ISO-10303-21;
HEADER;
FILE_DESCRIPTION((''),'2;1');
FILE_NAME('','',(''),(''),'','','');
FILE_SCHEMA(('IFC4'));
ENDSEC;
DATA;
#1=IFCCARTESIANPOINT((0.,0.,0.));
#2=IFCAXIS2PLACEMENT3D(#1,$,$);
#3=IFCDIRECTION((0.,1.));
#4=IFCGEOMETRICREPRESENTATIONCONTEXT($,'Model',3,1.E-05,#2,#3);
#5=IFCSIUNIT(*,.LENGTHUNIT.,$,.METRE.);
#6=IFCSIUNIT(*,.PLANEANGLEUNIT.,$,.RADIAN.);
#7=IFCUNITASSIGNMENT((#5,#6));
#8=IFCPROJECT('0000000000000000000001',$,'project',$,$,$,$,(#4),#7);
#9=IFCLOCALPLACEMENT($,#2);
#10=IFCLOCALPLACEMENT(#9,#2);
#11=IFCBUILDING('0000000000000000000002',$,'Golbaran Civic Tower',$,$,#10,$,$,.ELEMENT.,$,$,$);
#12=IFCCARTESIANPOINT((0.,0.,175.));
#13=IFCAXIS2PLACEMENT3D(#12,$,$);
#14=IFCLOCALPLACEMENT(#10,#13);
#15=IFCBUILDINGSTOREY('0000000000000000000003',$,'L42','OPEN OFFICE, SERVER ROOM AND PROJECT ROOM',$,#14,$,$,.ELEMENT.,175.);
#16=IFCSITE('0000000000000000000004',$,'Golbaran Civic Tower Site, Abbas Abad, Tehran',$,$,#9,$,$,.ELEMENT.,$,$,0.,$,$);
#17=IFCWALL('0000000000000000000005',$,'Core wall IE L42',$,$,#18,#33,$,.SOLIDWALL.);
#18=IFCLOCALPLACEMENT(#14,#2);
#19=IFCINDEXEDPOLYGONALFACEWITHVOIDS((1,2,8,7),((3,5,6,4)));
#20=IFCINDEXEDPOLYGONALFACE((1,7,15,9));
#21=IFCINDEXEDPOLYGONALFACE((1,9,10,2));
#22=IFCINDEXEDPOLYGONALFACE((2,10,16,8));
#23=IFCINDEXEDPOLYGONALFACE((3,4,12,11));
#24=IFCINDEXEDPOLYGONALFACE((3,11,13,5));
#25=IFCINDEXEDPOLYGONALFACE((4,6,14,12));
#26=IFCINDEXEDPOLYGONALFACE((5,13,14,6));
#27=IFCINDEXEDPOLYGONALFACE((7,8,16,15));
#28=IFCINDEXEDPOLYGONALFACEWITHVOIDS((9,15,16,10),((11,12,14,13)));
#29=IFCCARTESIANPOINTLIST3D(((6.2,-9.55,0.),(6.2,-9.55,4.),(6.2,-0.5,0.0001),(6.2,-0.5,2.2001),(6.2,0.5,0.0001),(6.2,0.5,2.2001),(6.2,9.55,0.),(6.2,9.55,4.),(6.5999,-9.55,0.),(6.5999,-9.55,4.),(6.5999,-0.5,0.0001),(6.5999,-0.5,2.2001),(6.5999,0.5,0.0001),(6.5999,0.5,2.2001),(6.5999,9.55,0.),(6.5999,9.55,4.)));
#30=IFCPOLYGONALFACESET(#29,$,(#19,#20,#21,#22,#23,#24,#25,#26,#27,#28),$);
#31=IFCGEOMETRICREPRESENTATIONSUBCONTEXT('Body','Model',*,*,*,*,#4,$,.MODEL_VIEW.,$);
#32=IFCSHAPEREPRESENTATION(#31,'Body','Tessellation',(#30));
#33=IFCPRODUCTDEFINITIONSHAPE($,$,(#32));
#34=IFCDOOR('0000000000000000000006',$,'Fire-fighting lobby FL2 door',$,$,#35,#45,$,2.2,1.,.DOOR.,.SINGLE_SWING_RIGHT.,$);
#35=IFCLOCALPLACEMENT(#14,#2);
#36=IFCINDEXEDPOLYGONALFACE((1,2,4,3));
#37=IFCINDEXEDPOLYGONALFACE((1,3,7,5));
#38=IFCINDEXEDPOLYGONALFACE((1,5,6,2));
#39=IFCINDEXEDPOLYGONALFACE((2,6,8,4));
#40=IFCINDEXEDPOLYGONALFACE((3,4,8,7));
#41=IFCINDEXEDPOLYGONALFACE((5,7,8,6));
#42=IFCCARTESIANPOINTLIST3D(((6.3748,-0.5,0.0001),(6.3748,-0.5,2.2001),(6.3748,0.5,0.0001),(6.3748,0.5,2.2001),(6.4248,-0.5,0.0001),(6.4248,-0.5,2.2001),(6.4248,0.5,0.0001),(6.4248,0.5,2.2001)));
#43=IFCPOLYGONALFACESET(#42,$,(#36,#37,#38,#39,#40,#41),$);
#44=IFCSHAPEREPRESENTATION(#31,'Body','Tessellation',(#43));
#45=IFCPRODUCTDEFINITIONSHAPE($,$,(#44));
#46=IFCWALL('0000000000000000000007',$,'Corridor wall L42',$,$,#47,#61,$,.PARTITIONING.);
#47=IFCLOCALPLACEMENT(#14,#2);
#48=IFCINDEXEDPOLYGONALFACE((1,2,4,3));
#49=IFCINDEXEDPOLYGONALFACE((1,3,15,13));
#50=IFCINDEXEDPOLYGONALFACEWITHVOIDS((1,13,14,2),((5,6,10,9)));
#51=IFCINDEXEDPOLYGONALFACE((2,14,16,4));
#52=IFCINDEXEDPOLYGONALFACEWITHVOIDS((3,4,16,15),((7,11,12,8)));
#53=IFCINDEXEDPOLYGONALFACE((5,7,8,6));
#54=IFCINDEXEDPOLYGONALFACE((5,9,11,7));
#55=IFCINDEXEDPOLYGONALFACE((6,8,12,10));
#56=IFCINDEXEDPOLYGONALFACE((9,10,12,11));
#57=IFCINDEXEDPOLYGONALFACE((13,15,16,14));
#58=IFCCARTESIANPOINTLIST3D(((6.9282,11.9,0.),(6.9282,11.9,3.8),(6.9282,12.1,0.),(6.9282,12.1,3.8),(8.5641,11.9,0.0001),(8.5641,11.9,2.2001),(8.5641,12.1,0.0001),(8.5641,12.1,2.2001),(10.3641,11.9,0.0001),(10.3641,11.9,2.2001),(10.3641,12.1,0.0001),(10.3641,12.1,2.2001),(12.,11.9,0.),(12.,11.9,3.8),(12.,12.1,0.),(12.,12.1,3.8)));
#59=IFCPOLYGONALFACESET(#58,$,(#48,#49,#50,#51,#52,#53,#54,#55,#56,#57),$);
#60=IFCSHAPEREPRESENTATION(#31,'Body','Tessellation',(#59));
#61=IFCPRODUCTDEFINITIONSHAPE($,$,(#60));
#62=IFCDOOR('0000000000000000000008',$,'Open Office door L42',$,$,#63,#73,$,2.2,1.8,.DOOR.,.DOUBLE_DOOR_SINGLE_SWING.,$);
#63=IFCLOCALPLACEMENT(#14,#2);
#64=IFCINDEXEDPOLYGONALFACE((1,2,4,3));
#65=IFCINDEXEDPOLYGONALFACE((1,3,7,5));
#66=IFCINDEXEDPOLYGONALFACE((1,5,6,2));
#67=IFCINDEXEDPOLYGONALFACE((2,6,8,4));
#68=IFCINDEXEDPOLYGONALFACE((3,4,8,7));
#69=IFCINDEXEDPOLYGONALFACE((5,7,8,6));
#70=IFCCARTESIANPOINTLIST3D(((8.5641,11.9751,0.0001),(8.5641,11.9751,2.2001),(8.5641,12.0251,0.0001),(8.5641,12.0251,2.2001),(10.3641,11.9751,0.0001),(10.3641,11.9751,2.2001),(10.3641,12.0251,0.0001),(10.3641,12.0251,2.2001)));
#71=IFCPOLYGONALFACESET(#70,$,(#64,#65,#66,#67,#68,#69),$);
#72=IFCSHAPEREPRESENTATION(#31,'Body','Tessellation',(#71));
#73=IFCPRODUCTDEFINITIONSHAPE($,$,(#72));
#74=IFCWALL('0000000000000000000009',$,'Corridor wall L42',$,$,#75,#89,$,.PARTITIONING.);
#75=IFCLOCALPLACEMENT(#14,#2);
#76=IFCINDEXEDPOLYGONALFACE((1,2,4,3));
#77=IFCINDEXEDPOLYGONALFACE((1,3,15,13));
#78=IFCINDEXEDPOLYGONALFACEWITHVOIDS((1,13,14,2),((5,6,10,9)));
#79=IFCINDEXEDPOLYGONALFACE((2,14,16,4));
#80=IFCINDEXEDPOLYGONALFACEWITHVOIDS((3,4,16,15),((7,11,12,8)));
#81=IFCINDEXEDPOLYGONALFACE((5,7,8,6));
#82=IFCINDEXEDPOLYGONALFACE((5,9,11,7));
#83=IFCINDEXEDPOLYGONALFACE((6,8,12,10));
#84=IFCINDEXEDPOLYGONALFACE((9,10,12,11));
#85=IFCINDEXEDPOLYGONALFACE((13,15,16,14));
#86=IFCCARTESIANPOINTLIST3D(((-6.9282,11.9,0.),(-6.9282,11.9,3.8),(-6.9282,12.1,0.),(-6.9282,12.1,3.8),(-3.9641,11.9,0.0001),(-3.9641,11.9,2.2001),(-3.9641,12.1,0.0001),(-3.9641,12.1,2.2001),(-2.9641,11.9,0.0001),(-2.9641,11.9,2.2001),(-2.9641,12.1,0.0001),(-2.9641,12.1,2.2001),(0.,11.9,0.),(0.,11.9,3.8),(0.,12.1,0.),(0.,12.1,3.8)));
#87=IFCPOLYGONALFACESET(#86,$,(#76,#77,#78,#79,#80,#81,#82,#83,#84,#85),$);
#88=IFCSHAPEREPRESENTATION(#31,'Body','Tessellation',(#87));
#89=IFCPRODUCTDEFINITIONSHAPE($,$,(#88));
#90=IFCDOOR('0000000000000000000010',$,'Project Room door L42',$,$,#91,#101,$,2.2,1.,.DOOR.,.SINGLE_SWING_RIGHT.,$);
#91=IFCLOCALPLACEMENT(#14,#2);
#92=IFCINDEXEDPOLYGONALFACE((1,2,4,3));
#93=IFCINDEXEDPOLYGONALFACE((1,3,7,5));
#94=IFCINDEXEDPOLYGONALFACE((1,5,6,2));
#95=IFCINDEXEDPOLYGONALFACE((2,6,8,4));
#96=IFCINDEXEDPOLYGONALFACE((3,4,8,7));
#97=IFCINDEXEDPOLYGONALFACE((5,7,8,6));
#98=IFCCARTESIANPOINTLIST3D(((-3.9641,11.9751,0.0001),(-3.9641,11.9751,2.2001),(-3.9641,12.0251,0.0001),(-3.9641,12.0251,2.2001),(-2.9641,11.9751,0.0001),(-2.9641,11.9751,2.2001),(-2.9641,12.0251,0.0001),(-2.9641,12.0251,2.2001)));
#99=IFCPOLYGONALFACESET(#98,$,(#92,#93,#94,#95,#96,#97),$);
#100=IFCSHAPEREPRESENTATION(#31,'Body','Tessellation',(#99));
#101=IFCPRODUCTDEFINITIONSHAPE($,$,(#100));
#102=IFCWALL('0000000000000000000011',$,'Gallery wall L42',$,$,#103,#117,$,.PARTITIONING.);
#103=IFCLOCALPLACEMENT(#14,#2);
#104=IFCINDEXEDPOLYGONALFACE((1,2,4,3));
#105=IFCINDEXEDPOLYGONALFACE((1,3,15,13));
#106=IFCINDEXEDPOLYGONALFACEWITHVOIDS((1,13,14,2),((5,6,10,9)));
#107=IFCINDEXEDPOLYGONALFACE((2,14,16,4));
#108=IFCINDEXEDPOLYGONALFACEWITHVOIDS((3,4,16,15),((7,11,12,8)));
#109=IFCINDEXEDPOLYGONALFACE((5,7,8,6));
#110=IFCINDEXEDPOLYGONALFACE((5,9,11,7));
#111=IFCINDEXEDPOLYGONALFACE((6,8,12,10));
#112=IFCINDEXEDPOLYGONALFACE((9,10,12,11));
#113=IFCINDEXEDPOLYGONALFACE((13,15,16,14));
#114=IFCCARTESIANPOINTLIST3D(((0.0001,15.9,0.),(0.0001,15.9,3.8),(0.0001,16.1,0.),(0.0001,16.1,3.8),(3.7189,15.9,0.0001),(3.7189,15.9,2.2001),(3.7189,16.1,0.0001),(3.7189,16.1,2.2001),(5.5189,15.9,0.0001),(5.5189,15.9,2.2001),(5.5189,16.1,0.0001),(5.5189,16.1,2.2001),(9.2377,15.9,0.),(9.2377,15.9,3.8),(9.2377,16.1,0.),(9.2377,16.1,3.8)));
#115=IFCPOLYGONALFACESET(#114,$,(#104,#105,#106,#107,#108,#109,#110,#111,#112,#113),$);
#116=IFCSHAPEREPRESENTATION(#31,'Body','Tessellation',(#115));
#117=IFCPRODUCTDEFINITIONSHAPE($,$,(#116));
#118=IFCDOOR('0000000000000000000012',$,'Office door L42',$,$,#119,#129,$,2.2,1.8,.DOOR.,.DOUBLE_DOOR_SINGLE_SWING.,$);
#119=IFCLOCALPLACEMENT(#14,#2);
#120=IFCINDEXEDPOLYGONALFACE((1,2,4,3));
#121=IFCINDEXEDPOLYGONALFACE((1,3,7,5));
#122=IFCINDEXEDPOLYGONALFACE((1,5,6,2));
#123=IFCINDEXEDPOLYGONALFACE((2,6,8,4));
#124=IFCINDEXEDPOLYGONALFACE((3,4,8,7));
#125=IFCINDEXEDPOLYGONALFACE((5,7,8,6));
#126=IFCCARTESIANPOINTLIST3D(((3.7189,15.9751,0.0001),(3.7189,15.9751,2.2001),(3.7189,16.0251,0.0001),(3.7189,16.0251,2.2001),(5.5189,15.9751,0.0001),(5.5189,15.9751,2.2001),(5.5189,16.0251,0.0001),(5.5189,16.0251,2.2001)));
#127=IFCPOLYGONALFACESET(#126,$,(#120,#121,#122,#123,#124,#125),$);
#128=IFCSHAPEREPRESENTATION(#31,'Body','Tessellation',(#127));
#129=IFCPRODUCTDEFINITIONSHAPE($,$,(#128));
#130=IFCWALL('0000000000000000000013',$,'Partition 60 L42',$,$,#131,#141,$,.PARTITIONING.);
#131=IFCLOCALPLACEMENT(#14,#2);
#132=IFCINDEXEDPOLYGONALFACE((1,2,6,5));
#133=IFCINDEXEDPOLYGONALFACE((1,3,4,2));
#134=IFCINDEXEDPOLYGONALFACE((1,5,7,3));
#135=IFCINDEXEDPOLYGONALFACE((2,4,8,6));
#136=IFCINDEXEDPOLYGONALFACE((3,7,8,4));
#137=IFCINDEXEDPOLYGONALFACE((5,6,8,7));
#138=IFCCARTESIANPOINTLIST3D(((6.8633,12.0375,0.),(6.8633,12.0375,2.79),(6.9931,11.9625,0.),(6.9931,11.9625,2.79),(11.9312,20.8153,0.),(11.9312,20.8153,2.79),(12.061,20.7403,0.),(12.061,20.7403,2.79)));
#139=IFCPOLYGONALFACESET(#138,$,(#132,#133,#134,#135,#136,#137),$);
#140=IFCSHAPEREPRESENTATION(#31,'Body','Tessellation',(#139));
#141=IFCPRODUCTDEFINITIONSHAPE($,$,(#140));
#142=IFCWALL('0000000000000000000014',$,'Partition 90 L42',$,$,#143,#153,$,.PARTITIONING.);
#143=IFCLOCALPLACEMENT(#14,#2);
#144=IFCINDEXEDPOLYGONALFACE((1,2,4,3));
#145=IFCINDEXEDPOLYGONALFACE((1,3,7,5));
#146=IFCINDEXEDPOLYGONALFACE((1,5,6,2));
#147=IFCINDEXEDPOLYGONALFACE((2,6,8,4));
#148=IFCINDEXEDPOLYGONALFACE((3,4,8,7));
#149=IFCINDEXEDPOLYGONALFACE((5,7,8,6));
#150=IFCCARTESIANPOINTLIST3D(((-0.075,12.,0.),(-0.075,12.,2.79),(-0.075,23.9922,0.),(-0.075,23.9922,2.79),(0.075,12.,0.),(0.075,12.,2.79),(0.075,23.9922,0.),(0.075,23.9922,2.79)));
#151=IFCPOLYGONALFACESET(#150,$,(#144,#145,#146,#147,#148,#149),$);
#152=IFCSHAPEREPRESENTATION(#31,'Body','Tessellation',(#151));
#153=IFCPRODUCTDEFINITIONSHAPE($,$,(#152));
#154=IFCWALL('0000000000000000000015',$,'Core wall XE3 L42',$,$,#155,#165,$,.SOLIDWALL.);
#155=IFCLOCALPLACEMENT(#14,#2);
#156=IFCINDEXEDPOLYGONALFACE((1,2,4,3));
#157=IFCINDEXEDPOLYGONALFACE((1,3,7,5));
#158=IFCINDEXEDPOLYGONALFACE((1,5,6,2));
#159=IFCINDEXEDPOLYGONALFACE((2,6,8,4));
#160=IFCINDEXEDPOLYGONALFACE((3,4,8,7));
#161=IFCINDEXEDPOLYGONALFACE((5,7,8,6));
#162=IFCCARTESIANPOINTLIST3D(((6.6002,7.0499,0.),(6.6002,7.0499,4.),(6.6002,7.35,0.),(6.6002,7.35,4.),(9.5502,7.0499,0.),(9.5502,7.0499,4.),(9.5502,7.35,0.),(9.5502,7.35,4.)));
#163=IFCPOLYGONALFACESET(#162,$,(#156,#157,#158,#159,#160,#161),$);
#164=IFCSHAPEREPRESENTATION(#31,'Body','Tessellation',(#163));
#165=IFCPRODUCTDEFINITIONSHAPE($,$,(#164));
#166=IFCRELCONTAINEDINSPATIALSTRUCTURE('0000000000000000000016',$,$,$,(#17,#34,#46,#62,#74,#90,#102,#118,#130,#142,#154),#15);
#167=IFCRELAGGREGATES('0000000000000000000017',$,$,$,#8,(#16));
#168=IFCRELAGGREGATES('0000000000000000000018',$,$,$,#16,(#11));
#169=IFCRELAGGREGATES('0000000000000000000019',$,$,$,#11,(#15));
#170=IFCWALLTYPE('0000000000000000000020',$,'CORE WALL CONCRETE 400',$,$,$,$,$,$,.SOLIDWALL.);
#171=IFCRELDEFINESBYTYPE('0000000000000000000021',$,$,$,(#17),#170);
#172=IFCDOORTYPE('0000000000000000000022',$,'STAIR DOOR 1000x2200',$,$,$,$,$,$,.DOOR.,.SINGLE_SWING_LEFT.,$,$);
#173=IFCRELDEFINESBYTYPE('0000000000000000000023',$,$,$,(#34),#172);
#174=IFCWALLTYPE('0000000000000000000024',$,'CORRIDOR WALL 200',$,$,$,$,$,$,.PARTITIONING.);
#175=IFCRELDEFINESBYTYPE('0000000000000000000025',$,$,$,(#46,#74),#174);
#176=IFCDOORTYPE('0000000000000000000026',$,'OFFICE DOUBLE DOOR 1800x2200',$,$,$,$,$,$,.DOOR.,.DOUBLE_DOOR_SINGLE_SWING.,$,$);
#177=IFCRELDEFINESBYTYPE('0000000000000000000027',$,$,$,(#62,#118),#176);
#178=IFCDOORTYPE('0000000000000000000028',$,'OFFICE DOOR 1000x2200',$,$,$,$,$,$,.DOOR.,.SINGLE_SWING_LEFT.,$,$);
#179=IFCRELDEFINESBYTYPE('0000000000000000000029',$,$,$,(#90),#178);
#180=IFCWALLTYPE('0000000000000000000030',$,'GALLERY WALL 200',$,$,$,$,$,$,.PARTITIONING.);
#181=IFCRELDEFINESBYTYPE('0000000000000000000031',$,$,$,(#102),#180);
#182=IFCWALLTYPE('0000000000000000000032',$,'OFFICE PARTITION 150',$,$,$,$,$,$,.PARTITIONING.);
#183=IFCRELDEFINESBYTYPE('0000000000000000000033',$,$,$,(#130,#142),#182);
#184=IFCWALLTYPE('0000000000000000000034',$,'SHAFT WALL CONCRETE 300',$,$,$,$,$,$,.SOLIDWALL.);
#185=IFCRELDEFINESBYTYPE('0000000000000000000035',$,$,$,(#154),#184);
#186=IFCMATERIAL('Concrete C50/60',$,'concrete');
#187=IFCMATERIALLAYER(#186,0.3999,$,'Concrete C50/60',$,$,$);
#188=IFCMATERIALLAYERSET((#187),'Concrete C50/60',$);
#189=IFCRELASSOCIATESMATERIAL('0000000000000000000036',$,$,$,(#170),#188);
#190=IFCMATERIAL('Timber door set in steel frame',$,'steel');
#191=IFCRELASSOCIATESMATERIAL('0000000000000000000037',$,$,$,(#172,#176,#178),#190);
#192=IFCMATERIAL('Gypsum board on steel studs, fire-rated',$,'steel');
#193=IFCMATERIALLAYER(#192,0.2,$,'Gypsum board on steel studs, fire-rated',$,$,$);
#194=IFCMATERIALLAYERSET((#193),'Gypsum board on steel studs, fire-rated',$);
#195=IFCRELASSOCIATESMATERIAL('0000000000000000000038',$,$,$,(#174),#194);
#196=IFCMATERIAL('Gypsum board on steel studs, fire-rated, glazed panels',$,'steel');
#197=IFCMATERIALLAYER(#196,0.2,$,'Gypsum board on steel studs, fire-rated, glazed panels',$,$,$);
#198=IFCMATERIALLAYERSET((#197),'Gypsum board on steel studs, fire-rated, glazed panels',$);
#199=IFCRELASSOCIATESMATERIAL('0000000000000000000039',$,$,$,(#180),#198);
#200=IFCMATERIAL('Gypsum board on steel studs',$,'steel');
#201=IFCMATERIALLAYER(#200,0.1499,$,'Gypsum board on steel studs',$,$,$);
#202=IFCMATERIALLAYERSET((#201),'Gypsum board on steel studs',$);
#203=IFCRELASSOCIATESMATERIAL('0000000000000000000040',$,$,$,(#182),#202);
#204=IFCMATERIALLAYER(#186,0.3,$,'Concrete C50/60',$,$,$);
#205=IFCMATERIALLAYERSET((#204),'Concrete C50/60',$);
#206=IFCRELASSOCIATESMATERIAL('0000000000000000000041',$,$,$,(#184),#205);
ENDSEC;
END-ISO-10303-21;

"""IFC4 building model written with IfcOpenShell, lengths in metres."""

from ifc_helpers import new_model, si_unit, direction, frame, frame_2d, origin, place, context, subcontext, project, spatial, rectangle, extrude, material, layer, layer_set, type_object, element, fill, save


model = new_model("IFC4")

# Units and contexts
model_context = context("Model", 3, precision=1e-05, world=origin(), true_north=direction((0.0, 1.0)))
body_context = subcontext(model_context, "Body", "Model", "MODEL_VIEW")
ifc_project = project(units=[si_unit("LENGTHUNIT", "METRE"), si_unit("PLANEANGLEUNIT", "RADIAN")], contexts=[model_context])

# Site, building, storey
site_placement = place(None, origin())
site = spatial("IfcSite", under=ifc_project, at=site_placement, Name="Golbaran Civic Tower Site, Abbas Abad, Tehran", CompositionType="ELEMENT", RefElevation=0.0)
building_placement = place(site_placement, origin())
building = spatial("IfcBuilding", under=site, at=building_placement, Name="Golbaran Civic Tower", CompositionType="ELEMENT")
storey_placement = place(building_placement, frame((0.0, 0.0, 175.0)))
storey = spatial("IfcBuildingStorey", under=building, at=storey_placement, Name="L42", Description="OPEN OFFICE, SERVER ROOM AND PROJECT ROOM", CompositionType="ELEMENT", Elevation=175.0)

# Walls, openings, doors
ifc_material_1 = material(Name="Concrete C50/60", Category="concrete")
ifc_layer_1 = layer(ifc_material_1, 0.3999, Name="Concrete C50/60")
ifc_layer_set_1 = layer_set([ifc_layer_1], Name="Concrete C50/60")
wall_type_1 = type_object("IfcWallType", Name="CORE WALL CONCRETE 400", PredefinedType="SOLIDWALL", material=ifc_layer_set_1)
wall_1_placement = place(storey_placement, frame((6.3999, 9.55, 0.0), z_axis=(0.0, 0.0, 1.0), x_axis=(0.0, -1.0, 0.0)))
wall_1 = element("IfcWall", 1, at=wall_1_placement, inside=storey, type_object=wall_type_1, Name="Core wall IE L42", PredefinedType="SOLIDWALL", context=body_context, shape_type="SweptSolid", body=[
    extrude(rectangle(XDim=19.1001, YDim=0.3999, at=frame_2d((9.55, 0.0))), origin(), (0.0, 0.0, 1.0), 4.0),
])
opening_1_placement = place(wall_1_placement, frame((9.05, 0.0, 0.0)))
opening_1 = element("IfcOpeningElement", 2, at=opening_1_placement, cuts=wall_1, PredefinedType="OPENING", context=body_context, shape_type="SweptSolid", body=[
    extrude(rectangle(XDim=1.0, YDim=2.2, at=frame_2d((0.5, 1.1001))), frame((0.0, 0.21, 0.0), z_axis=(0.0, -1.0, 0.0), x_axis=(1.0, 0.0, 0.0)), (0.0, 0.0, 1.0), 0.4199),
])
ifc_material_2 = material(Name="Timber door set in steel frame", Category="steel")
door_type_1 = type_object("IfcDoorType", Name="STAIR DOOR 1000x2200", OperationType="SINGLE_SWING_LEFT", PredefinedType="DOOR", material=ifc_material_2)
door_1_placement = place(opening_1_placement, origin())
door_1 = element("IfcDoor", 3, at=door_1_placement, inside=storey, type_object=door_type_1, Name="Fire-fighting lobby FL2 door", OperationType="SINGLE_SWING_RIGHT", OverallHeight=2.2, OverallWidth=1.0, PredefinedType="DOOR", context=body_context, shape_type="SweptSolid", body=[
    extrude(rectangle(XDim=1.0, YDim=2.2, at=frame_2d((0.5, 1.1001))), frame((0.0, 0.0249, 0.0), z_axis=(0.0, -1.0, 0.0), x_axis=(1.0, 0.0, 0.0)), (0.0, 0.0, 1.0), 0.05),
])
fill(opening_1, door_1)
ifc_material_3 = material(Name="Gypsum board on steel studs, fire-rated", Category="steel")
ifc_layer_2 = layer(ifc_material_3, 0.2, Name="Gypsum board on steel studs, fire-rated")
ifc_layer_set_2 = layer_set([ifc_layer_2], Name="Gypsum board on steel studs, fire-rated")
wall_type_2 = type_object("IfcWallType", Name="CORRIDOR WALL 200", PredefinedType="PARTITIONING", material=ifc_layer_set_2)
wall_2_placement = place(storey_placement, frame((12.0, 12.0, 0.0), z_axis=(0.0, 0.0, 1.0), x_axis=(-1.0, 0.0, 0.0)))
wall_2 = element("IfcWall", 4, at=wall_2_placement, inside=storey, type_object=wall_type_2, Name="Corridor wall L42", PredefinedType="PARTITIONING", context=body_context, shape_type="SweptSolid", body=[
    extrude(rectangle(XDim=5.0718, YDim=0.2, at=frame_2d((2.5359, 0.0))), origin(), (0.0, 0.0, 1.0), 3.8),
])
opening_2_placement = place(wall_2_placement, frame((1.636, 0.0, 0.0)))
opening_2 = element("IfcOpeningElement", 5, at=opening_2_placement, cuts=wall_2, PredefinedType="OPENING", context=body_context, shape_type="SweptSolid", body=[
    extrude(rectangle(XDim=1.8, YDim=2.2, at=frame_2d((0.8999, 1.1001))), frame((0.0, 0.1099, 0.0), z_axis=(0.0, -1.0, 0.0), x_axis=(1.0, 0.0, 0.0)), (0.0, 0.0, 1.0), 0.22),
])
door_type_2 = type_object("IfcDoorType", Name="OFFICE DOUBLE DOOR 1800x2200", OperationType="DOUBLE_DOOR_SINGLE_SWING", PredefinedType="DOOR", material=ifc_material_2)
door_2_placement = place(opening_2_placement, origin())
door_2 = element("IfcDoor", 6, at=door_2_placement, inside=storey, type_object=door_type_2, Name="Open Office door L42", OperationType="DOUBLE_DOOR_SINGLE_SWING", OverallHeight=2.2, OverallWidth=1.8, PredefinedType="DOOR", context=body_context, shape_type="SweptSolid", body=[
    extrude(rectangle(XDim=1.8, YDim=2.2, at=frame_2d((0.8999, 1.1001))), frame((0.0, 0.0249, 0.0), z_axis=(0.0, -1.0, 0.0), x_axis=(1.0, 0.0, 0.0)), (0.0, 0.0, 1.0), 0.05),
])
fill(opening_2, door_2)
wall_3_placement = place(storey_placement, frame((0.0, 12.0, 0.0), z_axis=(0.0, 0.0, 1.0), x_axis=(-1.0, 0.0, 0.0)))
wall_3 = element("IfcWall", 7, at=wall_3_placement, inside=storey, type_object=wall_type_2, Name="Corridor wall L42", PredefinedType="PARTITIONING", context=body_context, shape_type="SweptSolid", body=[
    extrude(rectangle(XDim=6.9282, YDim=0.2, at=frame_2d((3.4641, 0.0))), origin(), (0.0, 0.0, 1.0), 3.8),
])
opening_3_placement = place(wall_3_placement, frame((2.9641, 0.0, 0.0)))
opening_3 = element("IfcOpeningElement", 8, at=opening_3_placement, cuts=wall_3, PredefinedType="OPENING", context=body_context, shape_type="SweptSolid", body=[
    extrude(rectangle(XDim=1.0, YDim=2.2, at=frame_2d((0.5, 1.1001))), frame((0.0, 0.1099, 0.0), z_axis=(0.0, -1.0, 0.0), x_axis=(1.0, 0.0, 0.0)), (0.0, 0.0, 1.0), 0.22),
])
door_type_3 = type_object("IfcDoorType", Name="OFFICE DOOR 1000x2200", OperationType="SINGLE_SWING_LEFT", PredefinedType="DOOR", material=ifc_material_2)
door_3_placement = place(opening_3_placement, origin())
door_3 = element("IfcDoor", 9, at=door_3_placement, inside=storey, type_object=door_type_3, Name="Project Room door L42", OperationType="SINGLE_SWING_RIGHT", OverallHeight=2.2, OverallWidth=1.0, PredefinedType="DOOR", context=body_context, shape_type="SweptSolid", body=[
    extrude(rectangle(XDim=1.0, YDim=2.2, at=frame_2d((0.5, 1.1001))), frame((0.0, 0.0249, 0.0), z_axis=(0.0, -1.0, 0.0), x_axis=(1.0, 0.0, 0.0)), (0.0, 0.0, 1.0), 0.05),
])
fill(opening_3, door_3)
ifc_material_4 = material(Name="Gypsum board on steel studs, fire-rated, glazed panels", Category="steel")
ifc_layer_3 = layer(ifc_material_4, 0.2, Name="Gypsum board on steel studs, fire-rated, glazed panels")
ifc_layer_set_3 = layer_set([ifc_layer_3], Name="Gypsum board on steel studs, fire-rated, glazed panels")
wall_type_3 = type_object("IfcWallType", Name="GALLERY WALL 200", PredefinedType="PARTITIONING", material=ifc_layer_set_3)
wall_4_placement = place(storey_placement, frame((9.2375, 16.0, 0.0), z_axis=(0.0, 0.0, 1.0), x_axis=(-1.0, 0.0, 0.0)))
wall_4 = element("IfcWall", 10, at=wall_4_placement, inside=storey, type_object=wall_type_3, Name="Gallery wall L42", PredefinedType="PARTITIONING", context=body_context, shape_type="SweptSolid", body=[
    extrude(rectangle(XDim=9.2375, YDim=0.2, at=frame_2d((4.6187, 0.0))), origin(), (0.0, 0.0, 1.0), 3.8),
])
opening_4_placement = place(wall_4_placement, frame((3.7188, 0.0, 0.0)))
opening_4 = element("IfcOpeningElement", 11, at=opening_4_placement, cuts=wall_4, PredefinedType="OPENING", context=body_context, shape_type="SweptSolid", body=[
    extrude(rectangle(XDim=1.8, YDim=2.2, at=frame_2d((0.8999, 1.1001))), frame((0.0, 0.1099, 0.0), z_axis=(0.0, -1.0, 0.0), x_axis=(1.0, 0.0, 0.0)), (0.0, 0.0, 1.0), 0.22),
])
door_4_placement = place(opening_4_placement, origin())
door_4 = element("IfcDoor", 12, at=door_4_placement, inside=storey, type_object=door_type_2, Name="Office door L42", OperationType="DOUBLE_DOOR_SINGLE_SWING", OverallHeight=2.2, OverallWidth=1.8, PredefinedType="DOOR", context=body_context, shape_type="SweptSolid", body=[
    extrude(rectangle(XDim=1.8, YDim=2.2, at=frame_2d((0.8999, 1.1001))), frame((0.0, 0.0249, 0.0), z_axis=(0.0, -1.0, 0.0), x_axis=(1.0, 0.0, 0.0)), (0.0, 0.0, 1.0), 0.05),
])
fill(opening_4, door_4)

# Walls
ifc_material_5 = material(Name="Gypsum board on steel studs", Category="steel")
ifc_layer_4 = layer(ifc_material_5, 0.1499, Name="Gypsum board on steel studs")
ifc_layer_set_4 = layer_set([ifc_layer_4], Name="Gypsum board on steel studs")
wall_type_4 = type_object("IfcWallType", Name="OFFICE PARTITION 150", PredefinedType="PARTITIONING", material=ifc_layer_set_4)
wall_5_placement = place(storey_placement, frame((6.9282, 12.0, 0.0), z_axis=(0.0, 0.0, 1.0), x_axis=(0.499999, 0.866026, 0.0)))
element("IfcWall", 13, at=wall_5_placement, inside=storey, type_object=wall_type_4, Name="Partition 60 L42", PredefinedType="PARTITIONING", context=body_context, shape_type="SweptSolid", body=[
    extrude(rectangle(XDim=10.1357, YDim=0.1499, at=frame_2d((5.0679, 0.0))), origin(), (0.0, 0.0, 1.0), 2.79),
])
wall_6_placement = place(storey_placement, frame((0.0, 12.0, 0.0), z_axis=(0.0, 0.0, 1.0), x_axis=(0.0, 1.0, 0.0)))
element("IfcWall", 14, at=wall_6_placement, inside=storey, type_object=wall_type_4, Name="Partition 90 L42", PredefinedType="PARTITIONING", context=body_context, shape_type="SweptSolid", body=[
    extrude(rectangle(XDim=11.9922, YDim=0.1499, at=frame_2d((5.9961, 0.0))), origin(), (0.0, 0.0, 1.0), 2.79),
])
ifc_layer_5 = layer(ifc_material_1, 0.3, Name="Concrete C50/60")
ifc_layer_set_5 = layer_set([ifc_layer_5], Name="Concrete C50/60")
wall_type_5 = type_object("IfcWallType", Name="SHAFT WALL CONCRETE 300", PredefinedType="SOLIDWALL", material=ifc_layer_set_5)
wall_7_placement = place(storey_placement, frame((6.6001, 7.2, 0.0), z_axis=(0.0, 0.0, 1.0), x_axis=(1.0, 0.0, 0.0)))
element("IfcWall", 15, at=wall_7_placement, inside=storey, type_object=wall_type_5, Name="Core wall XE3 L42", PredefinedType="SOLIDWALL", context=body_context, shape_type="SweptSolid", body=[
    extrude(rectangle(XDim=2.95, YDim=0.3, at=frame_2d((1.4751, 0.0))), origin(), (0.0, 0.0, 1.0), 4.0),
])

save(model, "model.ifc")
